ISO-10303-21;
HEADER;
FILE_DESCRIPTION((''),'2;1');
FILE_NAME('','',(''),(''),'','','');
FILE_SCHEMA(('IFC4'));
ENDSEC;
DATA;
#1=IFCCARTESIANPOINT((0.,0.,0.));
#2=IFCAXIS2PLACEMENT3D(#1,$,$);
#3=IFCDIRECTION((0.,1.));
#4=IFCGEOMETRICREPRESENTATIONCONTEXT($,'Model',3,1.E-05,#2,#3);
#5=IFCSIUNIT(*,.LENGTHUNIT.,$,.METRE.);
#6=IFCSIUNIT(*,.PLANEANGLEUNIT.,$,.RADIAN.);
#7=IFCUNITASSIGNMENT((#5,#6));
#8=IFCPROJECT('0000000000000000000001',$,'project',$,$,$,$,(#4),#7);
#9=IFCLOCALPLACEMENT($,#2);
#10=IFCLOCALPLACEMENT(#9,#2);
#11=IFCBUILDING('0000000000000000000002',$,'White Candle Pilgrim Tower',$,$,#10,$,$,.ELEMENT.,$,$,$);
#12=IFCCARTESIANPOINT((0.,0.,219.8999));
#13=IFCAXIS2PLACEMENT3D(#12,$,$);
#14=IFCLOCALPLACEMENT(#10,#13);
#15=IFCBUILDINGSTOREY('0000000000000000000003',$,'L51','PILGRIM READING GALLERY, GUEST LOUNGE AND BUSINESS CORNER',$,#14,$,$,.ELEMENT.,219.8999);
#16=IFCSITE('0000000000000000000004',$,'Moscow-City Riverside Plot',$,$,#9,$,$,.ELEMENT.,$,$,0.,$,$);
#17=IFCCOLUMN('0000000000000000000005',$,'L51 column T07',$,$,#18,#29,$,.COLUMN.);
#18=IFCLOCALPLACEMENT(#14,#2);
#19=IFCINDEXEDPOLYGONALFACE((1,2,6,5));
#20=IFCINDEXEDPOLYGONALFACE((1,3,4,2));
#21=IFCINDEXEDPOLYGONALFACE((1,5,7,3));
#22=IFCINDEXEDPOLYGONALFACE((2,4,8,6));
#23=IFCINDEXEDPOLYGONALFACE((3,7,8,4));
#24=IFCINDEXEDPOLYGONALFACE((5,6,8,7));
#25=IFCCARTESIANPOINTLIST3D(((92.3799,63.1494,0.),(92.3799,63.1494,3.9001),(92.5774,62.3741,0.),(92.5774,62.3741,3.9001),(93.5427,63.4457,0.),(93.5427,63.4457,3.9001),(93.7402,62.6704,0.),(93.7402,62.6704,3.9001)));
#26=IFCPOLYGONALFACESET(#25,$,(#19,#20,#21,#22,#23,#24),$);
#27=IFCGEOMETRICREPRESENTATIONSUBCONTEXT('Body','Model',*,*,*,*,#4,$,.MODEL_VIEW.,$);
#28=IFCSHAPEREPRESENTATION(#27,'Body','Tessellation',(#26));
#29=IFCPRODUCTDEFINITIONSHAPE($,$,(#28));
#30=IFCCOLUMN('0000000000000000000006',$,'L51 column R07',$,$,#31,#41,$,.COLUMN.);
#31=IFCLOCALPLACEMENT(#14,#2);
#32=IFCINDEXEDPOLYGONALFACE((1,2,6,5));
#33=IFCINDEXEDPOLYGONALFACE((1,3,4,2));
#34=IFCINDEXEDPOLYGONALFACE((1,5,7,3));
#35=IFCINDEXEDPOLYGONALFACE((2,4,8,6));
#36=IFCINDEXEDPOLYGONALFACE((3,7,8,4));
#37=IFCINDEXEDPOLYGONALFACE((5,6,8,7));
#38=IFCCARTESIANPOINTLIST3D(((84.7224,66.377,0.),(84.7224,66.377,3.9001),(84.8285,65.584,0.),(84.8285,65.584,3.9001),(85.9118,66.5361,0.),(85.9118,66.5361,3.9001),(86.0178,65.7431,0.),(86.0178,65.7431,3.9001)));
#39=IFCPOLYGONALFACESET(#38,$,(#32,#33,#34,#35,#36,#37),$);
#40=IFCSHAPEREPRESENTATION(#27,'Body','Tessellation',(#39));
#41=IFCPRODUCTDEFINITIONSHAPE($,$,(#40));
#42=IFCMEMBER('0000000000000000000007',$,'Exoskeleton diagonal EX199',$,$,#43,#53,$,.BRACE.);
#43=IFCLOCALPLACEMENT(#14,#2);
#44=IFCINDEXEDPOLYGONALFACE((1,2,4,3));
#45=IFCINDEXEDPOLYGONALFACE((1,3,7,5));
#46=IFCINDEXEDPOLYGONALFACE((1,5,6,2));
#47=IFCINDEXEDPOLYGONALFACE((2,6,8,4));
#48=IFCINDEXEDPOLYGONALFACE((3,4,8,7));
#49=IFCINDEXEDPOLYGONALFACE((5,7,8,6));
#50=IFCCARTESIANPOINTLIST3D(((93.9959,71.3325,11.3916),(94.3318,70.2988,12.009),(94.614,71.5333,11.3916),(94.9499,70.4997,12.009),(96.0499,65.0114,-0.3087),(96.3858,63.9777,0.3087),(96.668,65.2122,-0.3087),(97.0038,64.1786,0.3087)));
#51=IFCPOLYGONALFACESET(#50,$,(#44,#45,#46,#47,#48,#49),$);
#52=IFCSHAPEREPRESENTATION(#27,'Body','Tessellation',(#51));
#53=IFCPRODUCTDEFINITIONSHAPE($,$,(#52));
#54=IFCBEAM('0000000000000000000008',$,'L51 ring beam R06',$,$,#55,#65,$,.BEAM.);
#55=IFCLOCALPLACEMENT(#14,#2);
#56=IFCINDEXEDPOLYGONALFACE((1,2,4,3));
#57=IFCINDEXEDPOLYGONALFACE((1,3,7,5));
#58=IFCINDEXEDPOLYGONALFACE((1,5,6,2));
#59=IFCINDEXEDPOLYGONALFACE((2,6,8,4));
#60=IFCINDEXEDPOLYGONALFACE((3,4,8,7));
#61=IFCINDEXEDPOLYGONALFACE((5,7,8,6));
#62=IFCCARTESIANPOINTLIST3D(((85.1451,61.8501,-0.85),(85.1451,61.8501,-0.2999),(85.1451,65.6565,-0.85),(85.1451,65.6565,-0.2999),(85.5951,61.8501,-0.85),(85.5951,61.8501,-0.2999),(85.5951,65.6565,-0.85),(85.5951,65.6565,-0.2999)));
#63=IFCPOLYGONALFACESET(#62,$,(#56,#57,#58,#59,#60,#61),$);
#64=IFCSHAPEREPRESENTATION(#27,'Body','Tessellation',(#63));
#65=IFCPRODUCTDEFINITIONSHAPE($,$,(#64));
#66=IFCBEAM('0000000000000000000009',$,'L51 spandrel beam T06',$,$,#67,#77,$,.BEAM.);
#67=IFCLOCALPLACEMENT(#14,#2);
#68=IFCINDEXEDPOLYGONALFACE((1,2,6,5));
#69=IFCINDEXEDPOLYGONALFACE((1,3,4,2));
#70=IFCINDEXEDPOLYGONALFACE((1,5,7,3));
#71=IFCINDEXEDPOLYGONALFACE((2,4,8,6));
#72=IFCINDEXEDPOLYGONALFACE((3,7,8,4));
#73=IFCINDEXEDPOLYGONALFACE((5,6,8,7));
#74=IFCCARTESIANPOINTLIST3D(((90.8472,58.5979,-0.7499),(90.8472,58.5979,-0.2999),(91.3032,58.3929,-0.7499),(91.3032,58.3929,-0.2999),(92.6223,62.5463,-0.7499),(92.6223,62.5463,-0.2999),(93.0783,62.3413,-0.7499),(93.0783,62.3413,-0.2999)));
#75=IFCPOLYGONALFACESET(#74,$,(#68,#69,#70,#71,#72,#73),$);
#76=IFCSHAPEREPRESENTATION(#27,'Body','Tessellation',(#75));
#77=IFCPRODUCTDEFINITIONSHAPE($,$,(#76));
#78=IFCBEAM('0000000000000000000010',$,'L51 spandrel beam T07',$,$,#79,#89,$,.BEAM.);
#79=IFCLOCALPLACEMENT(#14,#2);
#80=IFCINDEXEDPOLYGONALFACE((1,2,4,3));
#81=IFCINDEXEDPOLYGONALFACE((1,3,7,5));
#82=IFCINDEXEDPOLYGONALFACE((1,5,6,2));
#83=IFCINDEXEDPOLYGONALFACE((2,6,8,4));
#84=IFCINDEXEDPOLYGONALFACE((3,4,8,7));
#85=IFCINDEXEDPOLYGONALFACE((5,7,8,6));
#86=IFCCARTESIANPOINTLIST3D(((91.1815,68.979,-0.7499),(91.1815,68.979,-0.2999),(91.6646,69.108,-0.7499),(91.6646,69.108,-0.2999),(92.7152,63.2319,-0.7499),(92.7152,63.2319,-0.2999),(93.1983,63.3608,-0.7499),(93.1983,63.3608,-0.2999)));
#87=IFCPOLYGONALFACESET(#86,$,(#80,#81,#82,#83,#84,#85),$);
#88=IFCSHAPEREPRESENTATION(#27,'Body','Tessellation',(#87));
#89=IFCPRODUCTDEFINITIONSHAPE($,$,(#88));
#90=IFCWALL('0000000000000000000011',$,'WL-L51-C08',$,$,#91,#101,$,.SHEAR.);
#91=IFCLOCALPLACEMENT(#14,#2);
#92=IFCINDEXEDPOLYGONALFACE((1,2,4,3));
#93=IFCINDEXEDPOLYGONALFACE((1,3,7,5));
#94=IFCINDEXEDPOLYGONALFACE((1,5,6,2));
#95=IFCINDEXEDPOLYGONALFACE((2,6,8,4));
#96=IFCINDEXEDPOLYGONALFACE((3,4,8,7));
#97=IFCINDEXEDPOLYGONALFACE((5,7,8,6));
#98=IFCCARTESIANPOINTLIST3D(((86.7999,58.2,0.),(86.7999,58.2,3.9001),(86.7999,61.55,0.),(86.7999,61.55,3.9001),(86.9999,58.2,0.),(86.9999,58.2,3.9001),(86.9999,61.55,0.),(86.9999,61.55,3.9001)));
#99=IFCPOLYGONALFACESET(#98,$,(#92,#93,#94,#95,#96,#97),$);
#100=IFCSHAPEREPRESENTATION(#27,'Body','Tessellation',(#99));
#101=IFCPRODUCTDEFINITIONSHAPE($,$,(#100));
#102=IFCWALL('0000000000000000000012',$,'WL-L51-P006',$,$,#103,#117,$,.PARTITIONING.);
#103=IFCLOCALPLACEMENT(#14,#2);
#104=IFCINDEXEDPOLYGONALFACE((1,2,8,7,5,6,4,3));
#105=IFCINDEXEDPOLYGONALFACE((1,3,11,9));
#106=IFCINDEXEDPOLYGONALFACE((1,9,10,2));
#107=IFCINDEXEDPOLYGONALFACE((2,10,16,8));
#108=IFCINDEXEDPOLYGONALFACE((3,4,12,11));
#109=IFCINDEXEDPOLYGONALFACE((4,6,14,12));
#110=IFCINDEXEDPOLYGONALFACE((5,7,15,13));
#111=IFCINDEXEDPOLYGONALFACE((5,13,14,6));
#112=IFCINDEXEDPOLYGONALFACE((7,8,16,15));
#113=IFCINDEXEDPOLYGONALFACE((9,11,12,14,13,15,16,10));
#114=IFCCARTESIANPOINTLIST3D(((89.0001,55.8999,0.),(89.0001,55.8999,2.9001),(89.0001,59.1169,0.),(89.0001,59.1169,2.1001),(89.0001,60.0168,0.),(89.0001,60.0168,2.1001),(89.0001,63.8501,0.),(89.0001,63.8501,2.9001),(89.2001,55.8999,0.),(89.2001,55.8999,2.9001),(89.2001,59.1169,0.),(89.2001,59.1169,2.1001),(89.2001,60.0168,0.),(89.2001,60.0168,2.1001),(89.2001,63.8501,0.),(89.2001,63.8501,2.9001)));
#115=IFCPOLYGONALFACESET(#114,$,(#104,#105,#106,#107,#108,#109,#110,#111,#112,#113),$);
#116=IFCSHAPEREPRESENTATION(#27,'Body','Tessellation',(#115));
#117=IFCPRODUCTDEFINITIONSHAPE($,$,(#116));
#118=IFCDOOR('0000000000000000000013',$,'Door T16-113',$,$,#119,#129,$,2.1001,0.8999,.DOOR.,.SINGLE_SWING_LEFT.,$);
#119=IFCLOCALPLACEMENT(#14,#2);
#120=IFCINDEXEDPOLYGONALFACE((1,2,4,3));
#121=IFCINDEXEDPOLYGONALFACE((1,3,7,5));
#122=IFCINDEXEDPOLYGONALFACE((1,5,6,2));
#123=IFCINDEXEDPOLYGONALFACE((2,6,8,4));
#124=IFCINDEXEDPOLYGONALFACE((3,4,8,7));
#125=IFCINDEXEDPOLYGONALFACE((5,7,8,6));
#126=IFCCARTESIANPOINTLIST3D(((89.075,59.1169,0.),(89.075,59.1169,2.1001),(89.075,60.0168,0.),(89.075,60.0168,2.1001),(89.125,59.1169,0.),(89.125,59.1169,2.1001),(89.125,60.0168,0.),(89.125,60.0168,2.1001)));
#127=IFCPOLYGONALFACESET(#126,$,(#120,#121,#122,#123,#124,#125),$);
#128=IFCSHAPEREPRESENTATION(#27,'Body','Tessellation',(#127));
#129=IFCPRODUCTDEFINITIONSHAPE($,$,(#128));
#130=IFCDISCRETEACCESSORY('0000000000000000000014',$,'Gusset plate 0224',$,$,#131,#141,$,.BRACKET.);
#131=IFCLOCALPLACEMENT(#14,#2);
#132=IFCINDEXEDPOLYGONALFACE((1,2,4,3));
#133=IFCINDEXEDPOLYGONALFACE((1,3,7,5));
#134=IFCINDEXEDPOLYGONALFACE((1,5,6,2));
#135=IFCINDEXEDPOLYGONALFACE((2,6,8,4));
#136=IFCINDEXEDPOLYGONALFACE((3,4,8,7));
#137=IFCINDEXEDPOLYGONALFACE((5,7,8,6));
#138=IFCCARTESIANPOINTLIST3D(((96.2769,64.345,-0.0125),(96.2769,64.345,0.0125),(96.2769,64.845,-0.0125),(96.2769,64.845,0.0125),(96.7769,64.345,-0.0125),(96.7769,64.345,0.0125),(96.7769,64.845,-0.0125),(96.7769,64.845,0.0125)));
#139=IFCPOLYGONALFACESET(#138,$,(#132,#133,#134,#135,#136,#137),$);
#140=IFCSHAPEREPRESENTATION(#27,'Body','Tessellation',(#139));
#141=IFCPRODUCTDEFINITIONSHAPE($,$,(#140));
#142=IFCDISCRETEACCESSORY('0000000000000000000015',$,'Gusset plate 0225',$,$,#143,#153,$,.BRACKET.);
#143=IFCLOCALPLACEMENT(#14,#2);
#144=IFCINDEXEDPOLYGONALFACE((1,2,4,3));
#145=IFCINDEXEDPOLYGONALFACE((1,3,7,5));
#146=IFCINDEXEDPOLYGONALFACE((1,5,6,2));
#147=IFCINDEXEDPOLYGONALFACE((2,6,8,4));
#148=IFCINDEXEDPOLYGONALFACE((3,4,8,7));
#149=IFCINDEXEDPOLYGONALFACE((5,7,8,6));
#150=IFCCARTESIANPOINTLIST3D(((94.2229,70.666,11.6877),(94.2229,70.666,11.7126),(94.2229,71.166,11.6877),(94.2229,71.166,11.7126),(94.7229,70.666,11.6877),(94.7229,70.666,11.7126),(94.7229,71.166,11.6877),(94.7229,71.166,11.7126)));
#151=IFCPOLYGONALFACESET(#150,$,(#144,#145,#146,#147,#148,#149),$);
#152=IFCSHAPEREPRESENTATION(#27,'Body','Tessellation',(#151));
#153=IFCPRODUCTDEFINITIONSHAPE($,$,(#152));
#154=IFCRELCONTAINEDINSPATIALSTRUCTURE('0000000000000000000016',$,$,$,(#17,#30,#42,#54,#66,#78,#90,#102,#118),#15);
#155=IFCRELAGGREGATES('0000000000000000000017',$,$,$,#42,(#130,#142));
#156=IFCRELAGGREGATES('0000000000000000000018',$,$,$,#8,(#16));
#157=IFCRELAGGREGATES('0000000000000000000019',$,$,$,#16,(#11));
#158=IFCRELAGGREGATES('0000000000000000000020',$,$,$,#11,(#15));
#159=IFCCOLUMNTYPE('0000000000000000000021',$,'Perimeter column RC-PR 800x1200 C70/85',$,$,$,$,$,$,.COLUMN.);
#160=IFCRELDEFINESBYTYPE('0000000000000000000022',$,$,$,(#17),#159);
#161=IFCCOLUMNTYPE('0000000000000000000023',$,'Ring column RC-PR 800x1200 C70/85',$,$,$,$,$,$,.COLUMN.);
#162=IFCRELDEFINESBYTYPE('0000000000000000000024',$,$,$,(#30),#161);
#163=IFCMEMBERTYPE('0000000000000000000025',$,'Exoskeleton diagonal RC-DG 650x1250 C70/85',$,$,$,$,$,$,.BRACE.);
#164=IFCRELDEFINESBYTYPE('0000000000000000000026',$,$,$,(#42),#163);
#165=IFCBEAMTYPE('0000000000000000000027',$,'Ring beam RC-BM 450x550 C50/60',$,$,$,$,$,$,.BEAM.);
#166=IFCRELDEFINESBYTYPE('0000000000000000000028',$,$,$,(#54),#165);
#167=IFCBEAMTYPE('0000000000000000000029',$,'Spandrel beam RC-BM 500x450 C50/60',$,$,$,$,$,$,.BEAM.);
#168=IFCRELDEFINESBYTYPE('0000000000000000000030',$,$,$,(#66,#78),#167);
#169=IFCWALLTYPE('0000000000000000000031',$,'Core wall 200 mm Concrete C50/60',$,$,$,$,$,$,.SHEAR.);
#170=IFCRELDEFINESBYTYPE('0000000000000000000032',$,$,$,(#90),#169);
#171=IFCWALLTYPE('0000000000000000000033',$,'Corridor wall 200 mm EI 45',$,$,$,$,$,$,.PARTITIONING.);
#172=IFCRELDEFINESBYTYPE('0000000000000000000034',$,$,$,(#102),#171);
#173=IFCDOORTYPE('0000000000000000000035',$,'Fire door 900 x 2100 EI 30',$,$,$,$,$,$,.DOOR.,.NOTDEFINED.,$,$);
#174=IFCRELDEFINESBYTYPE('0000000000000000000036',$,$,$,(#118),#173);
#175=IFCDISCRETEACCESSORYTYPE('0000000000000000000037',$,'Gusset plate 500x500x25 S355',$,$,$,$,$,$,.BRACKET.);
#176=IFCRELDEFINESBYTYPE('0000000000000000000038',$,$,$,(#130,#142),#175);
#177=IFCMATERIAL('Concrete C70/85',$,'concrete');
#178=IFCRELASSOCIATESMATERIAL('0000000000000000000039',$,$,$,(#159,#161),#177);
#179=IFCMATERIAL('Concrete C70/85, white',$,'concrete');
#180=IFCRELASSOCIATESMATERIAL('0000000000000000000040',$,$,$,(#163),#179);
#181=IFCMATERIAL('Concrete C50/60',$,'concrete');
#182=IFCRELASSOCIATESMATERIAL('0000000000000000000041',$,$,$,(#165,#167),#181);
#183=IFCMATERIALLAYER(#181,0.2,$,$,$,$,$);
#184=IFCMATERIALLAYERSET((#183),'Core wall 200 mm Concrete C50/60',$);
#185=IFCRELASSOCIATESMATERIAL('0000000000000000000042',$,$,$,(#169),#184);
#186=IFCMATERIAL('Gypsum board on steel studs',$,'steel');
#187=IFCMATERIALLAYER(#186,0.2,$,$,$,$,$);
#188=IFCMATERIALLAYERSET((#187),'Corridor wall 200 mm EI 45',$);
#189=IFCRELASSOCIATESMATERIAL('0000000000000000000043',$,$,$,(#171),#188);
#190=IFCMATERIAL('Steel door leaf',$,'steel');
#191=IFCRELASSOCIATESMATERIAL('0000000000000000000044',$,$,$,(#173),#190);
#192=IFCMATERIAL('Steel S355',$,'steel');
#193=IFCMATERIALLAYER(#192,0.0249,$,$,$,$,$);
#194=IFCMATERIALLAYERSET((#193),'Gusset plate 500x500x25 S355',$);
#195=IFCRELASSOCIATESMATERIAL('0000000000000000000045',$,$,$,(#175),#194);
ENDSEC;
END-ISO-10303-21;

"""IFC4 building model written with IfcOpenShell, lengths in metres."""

from ifc_helpers import new_model, si_unit, direction, frame, frame_2d, origin, origin_2d, place, context, subcontext, project, spatial, rectangle, extrude, material, layer, layer_set, material_profile, profile_set, type_object, element, fill, aggregate, save


model = new_model("IFC4")

# Units and contexts
model_context = context("Model", 3, precision=1e-05, world=origin(), true_north=direction((0.0, 1.0)))
body_context = subcontext(model_context, "Body", "Model", "MODEL_VIEW")
ifc_project = project(units=[si_unit("LENGTHUNIT", "METRE"), si_unit("PLANEANGLEUNIT", "RADIAN")], contexts=[model_context])

# Site, building, storey
site_placement = place(None, origin())
site = spatial("IfcSite", under=ifc_project, at=site_placement, Name="Moscow-City Riverside Plot", CompositionType="ELEMENT", RefElevation=0.0)
building_placement = place(site_placement, origin())
building = spatial("IfcBuilding", under=site, at=building_placement, Name="White Candle Pilgrim Tower", CompositionType="ELEMENT")
storey_placement = place(building_placement, frame((0.0, 0.0, 219.8999)))
storey = spatial("IfcBuildingStorey", under=building, at=storey_placement, Name="L51", Description="PILGRIM READING GALLERY, GUEST LOUNGE AND BUSINESS CORNER", CompositionType="ELEMENT", Elevation=219.8999)

# Columns
ifc_material_1 = material(Name="Concrete C70/85", Category="concrete")
ifc_material_profile_1 = material_profile(ifc_material_1, rectangle(XDim=0.8, YDim=1.2, at=origin_2d()), Name="RC-PR 800x1200")
ifc_profile_set_1 = profile_set([ifc_material_profile_1], Name="Concrete C70/85")
column_type_1 = type_object("IfcColumnType", Name="Perimeter column RC-PR 800x1200 C70/85", PredefinedType="COLUMN", material=ifc_profile_set_1)
column_1_placement = place(storey_placement, frame((93.0601, 62.9099, 0.0), z_axis=(0.0, 0.0, 1.0), x_axis=(0.246881, -0.969046, 0.0)))
element("IfcColumn", 1, at=column_1_placement, inside=storey, type_object=column_type_1, Name="L51 column T07", PredefinedType="COLUMN", context=body_context, shape_type="SweptSolid", body=[
    extrude(rectangle(XDim=0.8, YDim=1.2, at=origin_2d()), origin(), (0.0, 0.0, 1.0), 3.9001),
])
ifc_material_profile_2 = material_profile(ifc_material_1, rectangle(XDim=0.8, YDim=1.2, at=origin_2d()), Name="RC-PR 800x1200")
ifc_profile_set_2 = profile_set([ifc_material_profile_2], Name="Concrete C70/85")
column_type_2 = type_object("IfcColumnType", Name="Ring column RC-PR 800x1200 C70/85", PredefinedType="COLUMN", material=ifc_profile_set_2)
column_2_placement = place(storey_placement, frame((85.3701, 66.0601, 0.0), z_axis=(0.0, 0.0, 1.0), x_axis=(0.132602, -0.991169, 0.0)))
element("IfcColumn", 2, at=column_2_placement, inside=storey, type_object=column_type_2, Name="L51 column R07", PredefinedType="COLUMN", context=body_context, shape_type="SweptSolid", body=[
    extrude(rectangle(XDim=0.8, YDim=1.2, at=origin_2d()), origin(), (0.0, 0.0, 1.0), 3.9001),
])

# Member
ifc_material_2 = material(Name="Concrete C70/85, white", Category="concrete")
ifc_material_profile_3 = material_profile(ifc_material_2, rectangle(XDim=0.6499, YDim=1.25, at=origin_2d()), Name="RC-DG 650x1250")
ifc_profile_set_3 = profile_set([ifc_material_profile_3], Name="Concrete C70/85, white")
member_type = type_object("IfcMemberType", Name="Exoskeleton diagonal RC-DG 650x1250 C70/85", PredefinedType="BRACE", material=ifc_profile_set_3)
member_placement = place(storey_placement, frame((96.5269, 64.595, 0.0), z_axis=(-0.15264, 0.46975, 0.869503), x_axis=(-0.951051, -0.309034, 0.0)))
member = element("IfcMember", 3, at=member_placement, inside=storey, type_object=member_type, Name="Exoskeleton diagonal EX199", PredefinedType="BRACE", context=body_context, shape_type="SweptSolid", body=[
    extrude(rectangle(XDim=0.6499, YDim=1.25, at=origin_2d()), origin(), (0.0, 0.0, 1.0), 13.4563),
])

# Beams
ifc_material_3 = material(Name="Concrete C50/60", Category="concrete")
ifc_material_profile_4 = material_profile(ifc_material_3, rectangle(XDim=0.45, YDim=0.55, at=origin_2d()), Name="RC-BM 450x550")
ifc_profile_set_4 = profile_set([ifc_material_profile_4], Name="Concrete C50/60")
beam_type_1 = type_object("IfcBeamType", Name="Ring beam RC-BM 450x550 C50/60", PredefinedType="BEAM", material=ifc_profile_set_4)
beam_1_placement = place(storey_placement, frame((85.3701, 65.6565, -0.575), z_axis=(0.0, -1.0, 0.0), x_axis=(1.0, 0.0, 0.0)))
element("IfcBeam", 4, at=beam_1_placement, inside=storey, type_object=beam_type_1, Name="L51 ring beam R06", PredefinedType="BEAM", context=body_context, shape_type="SweptSolid", body=[
    extrude(rectangle(XDim=0.45, YDim=0.55, at=origin_2d()), origin(), (0.0, 0.0, 1.0), 3.8064),
])
ifc_material_profile_5 = material_profile(ifc_material_3, rectangle(XDim=0.5, YDim=0.45, at=origin_2d()), Name="RC-BM 500x450")
ifc_profile_set_5 = profile_set([ifc_material_profile_5], Name="Concrete C50/60")
beam_type_2 = type_object("IfcBeamType", Name="Spandrel beam RC-BM 500x450 C50/60", PredefinedType="BEAM", material=ifc_profile_set_5)
beam_2_placement = place(storey_placement, frame((91.0752, 58.4954, -0.5249), z_axis=(0.410043, 0.912066, 0.0), x_axis=(-0.912066, 0.410043, 0.0)))
element("IfcBeam", 5, at=beam_2_placement, inside=storey, type_object=beam_type_2, Name="L51 spandrel beam T06", PredefinedType="BEAM", context=body_context, shape_type="SweptSolid", body=[
    extrude(rectangle(XDim=0.5, YDim=0.45, at=origin_2d()), origin(), (0.0, 0.0, 1.0), 4.3291),
])
beam_3_placement = place(storey_placement, frame((92.9568, 63.2964, -0.5249), z_axis=(-0.257841, 0.966187, 0.0), x_axis=(-0.966187, -0.257841, 0.0)))
element("IfcBeam", 6, at=beam_3_placement, inside=storey, type_object=beam_type_2, Name="L51 spandrel beam T07", PredefinedType="BEAM", context=body_context, shape_type="SweptSolid", body=[
    extrude(rectangle(XDim=0.5, YDim=0.45, at=origin_2d()), origin(), (0.0, 0.0, 1.0), 5.9482),
])

# Wall
ifc_layer_1 = layer(ifc_material_3, 0.2)
ifc_layer_set_1 = layer_set([ifc_layer_1], Name="Core wall 200 mm Concrete C50/60")
wall_type_1 = type_object("IfcWallType", Name="Core wall 200 mm Concrete C50/60", PredefinedType="SHEAR", material=ifc_layer_set_1)
wall_1_placement = place(storey_placement, frame((86.8999, 58.2, 0.0), z_axis=(0.0, 0.0, 1.0), x_axis=(0.0, 1.0, 0.0)))
element("IfcWall", 7, at=wall_1_placement, inside=storey, type_object=wall_type_1, Name="WL-L51-C08", PredefinedType="SHEAR", context=body_context, shape_type="SweptSolid", body=[
    extrude(rectangle(XDim=3.3501, YDim=0.2, at=frame_2d((1.675, 0.0))), origin(), (0.0, 0.0, 1.0), 3.9001),
])

# Wall, opening, door
ifc_material_4 = material(Name="Gypsum board on steel studs", Category="steel")
ifc_layer_2 = layer(ifc_material_4, 0.2)
ifc_layer_set_2 = layer_set([ifc_layer_2], Name="Corridor wall 200 mm EI 45")
wall_type_2 = type_object("IfcWallType", Name="Corridor wall 200 mm EI 45", PredefinedType="PARTITIONING", material=ifc_layer_set_2)
wall_2_placement = place(storey_placement, frame((89.1001, 63.8501, 0.0), z_axis=(0.0, 0.0, 1.0), x_axis=(0.0, -1.0, 0.0)))
wall_2 = element("IfcWall", 8, at=wall_2_placement, inside=storey, type_object=wall_type_2, Name="WL-L51-P006", PredefinedType="PARTITIONING", context=body_context, shape_type="SweptSolid", body=[
    extrude(rectangle(XDim=7.9502, YDim=0.2, at=frame_2d((3.9751, 0.0))), origin(), (0.0, 0.0, 1.0), 2.9001),
])
opening_1_placement = place(wall_2_placement, frame((3.8333, 0.0, 0.0)))
opening_1 = element("IfcOpeningElement", 9, at=opening_1_placement, cuts=wall_2, PredefinedType="OPENING", context=body_context, shape_type="SweptSolid", body=[
    extrude(rectangle(XDim=0.8999, YDim=2.1001, at=frame_2d((0.45, 1.05))), frame((0.0, 0.1099, 0.0), z_axis=(0.0, -1.0, 0.0), x_axis=(1.0, 0.0, 0.0)), (0.0, 0.0, 1.0), 0.22),
])
ifc_material_5 = material(Name="Steel door leaf", Category="steel")
door_type_1 = type_object("IfcDoorType", Name="Fire door 900 x 2100 EI 30", OperationType="NOTDEFINED", PredefinedType="DOOR", material=ifc_material_5)
door_1_placement = place(opening_1_placement, origin())
door_1 = element("IfcDoor", 10, at=door_1_placement, inside=storey, type_object=door_type_1, Name="Door T16-113", OperationType="SINGLE_SWING_LEFT", OverallHeight=2.1001, OverallWidth=0.8999, PredefinedType="DOOR", context=body_context, shape_type="SweptSolid", body=[
    extrude(rectangle(XDim=0.8999, YDim=2.1001, at=frame_2d((0.45, 1.05))), frame((0.0, 0.0249, 0.0), z_axis=(0.0, -1.0, 0.0), x_axis=(1.0, 0.0, 0.0)), (0.0, 0.0, 1.0), 0.05),
])
fill(opening_1, door_1)

# Discrete accessories
ifc_material_6 = material(Name="Steel S355", Category="steel")
ifc_layer_3 = layer(ifc_material_6, 0.0249)
ifc_layer_set_3 = layer_set([ifc_layer_3], Name="Gusset plate 500x500x25 S355")
discrete_accessory_type = type_object("IfcDiscreteAccessoryType", Name="Gusset plate 500x500x25 S355", PredefinedType="BRACKET", material=ifc_layer_set_3)
discrete_accessory_1_placement = place(storey_placement, frame((96.5269, 64.595, -0.0125), z_axis=(0.0, 0.0, 1.0), x_axis=(1.0, 0.0, 0.0)))
discrete_accessory_1 = element("IfcDiscreteAccessory", 11, at=discrete_accessory_1_placement, type_object=discrete_accessory_type, Name="Gusset plate 0224", PredefinedType="BRACKET", context=body_context, shape_type="SweptSolid", body=[
    extrude(rectangle(XDim=0.5, YDim=0.5, at=origin_2d()), origin(), (0.0, 0.0, 1.0), 0.0249),
])
placement = place(building_placement, frame((0.0, 0.0, 231.6001)))
discrete_accessory_2_placement = place(placement, frame((94.4729, 70.916, -0.0125), z_axis=(0.0, 0.0, 1.0), x_axis=(1.0, 0.0, 0.0)))
discrete_accessory_2 = element("IfcDiscreteAccessory", 12, at=discrete_accessory_2_placement, type_object=discrete_accessory_type, Name="Gusset plate 0225", PredefinedType="BRACKET", context=body_context, shape_type="SweptSolid", body=[
    extrude(rectangle(XDim=0.5, YDim=0.5, at=origin_2d()), origin(), (0.0, 0.0, 1.0), 0.0249),
])
aggregate(member, [discrete_accessory_1, discrete_accessory_2])

save(model, "model.ifc")
